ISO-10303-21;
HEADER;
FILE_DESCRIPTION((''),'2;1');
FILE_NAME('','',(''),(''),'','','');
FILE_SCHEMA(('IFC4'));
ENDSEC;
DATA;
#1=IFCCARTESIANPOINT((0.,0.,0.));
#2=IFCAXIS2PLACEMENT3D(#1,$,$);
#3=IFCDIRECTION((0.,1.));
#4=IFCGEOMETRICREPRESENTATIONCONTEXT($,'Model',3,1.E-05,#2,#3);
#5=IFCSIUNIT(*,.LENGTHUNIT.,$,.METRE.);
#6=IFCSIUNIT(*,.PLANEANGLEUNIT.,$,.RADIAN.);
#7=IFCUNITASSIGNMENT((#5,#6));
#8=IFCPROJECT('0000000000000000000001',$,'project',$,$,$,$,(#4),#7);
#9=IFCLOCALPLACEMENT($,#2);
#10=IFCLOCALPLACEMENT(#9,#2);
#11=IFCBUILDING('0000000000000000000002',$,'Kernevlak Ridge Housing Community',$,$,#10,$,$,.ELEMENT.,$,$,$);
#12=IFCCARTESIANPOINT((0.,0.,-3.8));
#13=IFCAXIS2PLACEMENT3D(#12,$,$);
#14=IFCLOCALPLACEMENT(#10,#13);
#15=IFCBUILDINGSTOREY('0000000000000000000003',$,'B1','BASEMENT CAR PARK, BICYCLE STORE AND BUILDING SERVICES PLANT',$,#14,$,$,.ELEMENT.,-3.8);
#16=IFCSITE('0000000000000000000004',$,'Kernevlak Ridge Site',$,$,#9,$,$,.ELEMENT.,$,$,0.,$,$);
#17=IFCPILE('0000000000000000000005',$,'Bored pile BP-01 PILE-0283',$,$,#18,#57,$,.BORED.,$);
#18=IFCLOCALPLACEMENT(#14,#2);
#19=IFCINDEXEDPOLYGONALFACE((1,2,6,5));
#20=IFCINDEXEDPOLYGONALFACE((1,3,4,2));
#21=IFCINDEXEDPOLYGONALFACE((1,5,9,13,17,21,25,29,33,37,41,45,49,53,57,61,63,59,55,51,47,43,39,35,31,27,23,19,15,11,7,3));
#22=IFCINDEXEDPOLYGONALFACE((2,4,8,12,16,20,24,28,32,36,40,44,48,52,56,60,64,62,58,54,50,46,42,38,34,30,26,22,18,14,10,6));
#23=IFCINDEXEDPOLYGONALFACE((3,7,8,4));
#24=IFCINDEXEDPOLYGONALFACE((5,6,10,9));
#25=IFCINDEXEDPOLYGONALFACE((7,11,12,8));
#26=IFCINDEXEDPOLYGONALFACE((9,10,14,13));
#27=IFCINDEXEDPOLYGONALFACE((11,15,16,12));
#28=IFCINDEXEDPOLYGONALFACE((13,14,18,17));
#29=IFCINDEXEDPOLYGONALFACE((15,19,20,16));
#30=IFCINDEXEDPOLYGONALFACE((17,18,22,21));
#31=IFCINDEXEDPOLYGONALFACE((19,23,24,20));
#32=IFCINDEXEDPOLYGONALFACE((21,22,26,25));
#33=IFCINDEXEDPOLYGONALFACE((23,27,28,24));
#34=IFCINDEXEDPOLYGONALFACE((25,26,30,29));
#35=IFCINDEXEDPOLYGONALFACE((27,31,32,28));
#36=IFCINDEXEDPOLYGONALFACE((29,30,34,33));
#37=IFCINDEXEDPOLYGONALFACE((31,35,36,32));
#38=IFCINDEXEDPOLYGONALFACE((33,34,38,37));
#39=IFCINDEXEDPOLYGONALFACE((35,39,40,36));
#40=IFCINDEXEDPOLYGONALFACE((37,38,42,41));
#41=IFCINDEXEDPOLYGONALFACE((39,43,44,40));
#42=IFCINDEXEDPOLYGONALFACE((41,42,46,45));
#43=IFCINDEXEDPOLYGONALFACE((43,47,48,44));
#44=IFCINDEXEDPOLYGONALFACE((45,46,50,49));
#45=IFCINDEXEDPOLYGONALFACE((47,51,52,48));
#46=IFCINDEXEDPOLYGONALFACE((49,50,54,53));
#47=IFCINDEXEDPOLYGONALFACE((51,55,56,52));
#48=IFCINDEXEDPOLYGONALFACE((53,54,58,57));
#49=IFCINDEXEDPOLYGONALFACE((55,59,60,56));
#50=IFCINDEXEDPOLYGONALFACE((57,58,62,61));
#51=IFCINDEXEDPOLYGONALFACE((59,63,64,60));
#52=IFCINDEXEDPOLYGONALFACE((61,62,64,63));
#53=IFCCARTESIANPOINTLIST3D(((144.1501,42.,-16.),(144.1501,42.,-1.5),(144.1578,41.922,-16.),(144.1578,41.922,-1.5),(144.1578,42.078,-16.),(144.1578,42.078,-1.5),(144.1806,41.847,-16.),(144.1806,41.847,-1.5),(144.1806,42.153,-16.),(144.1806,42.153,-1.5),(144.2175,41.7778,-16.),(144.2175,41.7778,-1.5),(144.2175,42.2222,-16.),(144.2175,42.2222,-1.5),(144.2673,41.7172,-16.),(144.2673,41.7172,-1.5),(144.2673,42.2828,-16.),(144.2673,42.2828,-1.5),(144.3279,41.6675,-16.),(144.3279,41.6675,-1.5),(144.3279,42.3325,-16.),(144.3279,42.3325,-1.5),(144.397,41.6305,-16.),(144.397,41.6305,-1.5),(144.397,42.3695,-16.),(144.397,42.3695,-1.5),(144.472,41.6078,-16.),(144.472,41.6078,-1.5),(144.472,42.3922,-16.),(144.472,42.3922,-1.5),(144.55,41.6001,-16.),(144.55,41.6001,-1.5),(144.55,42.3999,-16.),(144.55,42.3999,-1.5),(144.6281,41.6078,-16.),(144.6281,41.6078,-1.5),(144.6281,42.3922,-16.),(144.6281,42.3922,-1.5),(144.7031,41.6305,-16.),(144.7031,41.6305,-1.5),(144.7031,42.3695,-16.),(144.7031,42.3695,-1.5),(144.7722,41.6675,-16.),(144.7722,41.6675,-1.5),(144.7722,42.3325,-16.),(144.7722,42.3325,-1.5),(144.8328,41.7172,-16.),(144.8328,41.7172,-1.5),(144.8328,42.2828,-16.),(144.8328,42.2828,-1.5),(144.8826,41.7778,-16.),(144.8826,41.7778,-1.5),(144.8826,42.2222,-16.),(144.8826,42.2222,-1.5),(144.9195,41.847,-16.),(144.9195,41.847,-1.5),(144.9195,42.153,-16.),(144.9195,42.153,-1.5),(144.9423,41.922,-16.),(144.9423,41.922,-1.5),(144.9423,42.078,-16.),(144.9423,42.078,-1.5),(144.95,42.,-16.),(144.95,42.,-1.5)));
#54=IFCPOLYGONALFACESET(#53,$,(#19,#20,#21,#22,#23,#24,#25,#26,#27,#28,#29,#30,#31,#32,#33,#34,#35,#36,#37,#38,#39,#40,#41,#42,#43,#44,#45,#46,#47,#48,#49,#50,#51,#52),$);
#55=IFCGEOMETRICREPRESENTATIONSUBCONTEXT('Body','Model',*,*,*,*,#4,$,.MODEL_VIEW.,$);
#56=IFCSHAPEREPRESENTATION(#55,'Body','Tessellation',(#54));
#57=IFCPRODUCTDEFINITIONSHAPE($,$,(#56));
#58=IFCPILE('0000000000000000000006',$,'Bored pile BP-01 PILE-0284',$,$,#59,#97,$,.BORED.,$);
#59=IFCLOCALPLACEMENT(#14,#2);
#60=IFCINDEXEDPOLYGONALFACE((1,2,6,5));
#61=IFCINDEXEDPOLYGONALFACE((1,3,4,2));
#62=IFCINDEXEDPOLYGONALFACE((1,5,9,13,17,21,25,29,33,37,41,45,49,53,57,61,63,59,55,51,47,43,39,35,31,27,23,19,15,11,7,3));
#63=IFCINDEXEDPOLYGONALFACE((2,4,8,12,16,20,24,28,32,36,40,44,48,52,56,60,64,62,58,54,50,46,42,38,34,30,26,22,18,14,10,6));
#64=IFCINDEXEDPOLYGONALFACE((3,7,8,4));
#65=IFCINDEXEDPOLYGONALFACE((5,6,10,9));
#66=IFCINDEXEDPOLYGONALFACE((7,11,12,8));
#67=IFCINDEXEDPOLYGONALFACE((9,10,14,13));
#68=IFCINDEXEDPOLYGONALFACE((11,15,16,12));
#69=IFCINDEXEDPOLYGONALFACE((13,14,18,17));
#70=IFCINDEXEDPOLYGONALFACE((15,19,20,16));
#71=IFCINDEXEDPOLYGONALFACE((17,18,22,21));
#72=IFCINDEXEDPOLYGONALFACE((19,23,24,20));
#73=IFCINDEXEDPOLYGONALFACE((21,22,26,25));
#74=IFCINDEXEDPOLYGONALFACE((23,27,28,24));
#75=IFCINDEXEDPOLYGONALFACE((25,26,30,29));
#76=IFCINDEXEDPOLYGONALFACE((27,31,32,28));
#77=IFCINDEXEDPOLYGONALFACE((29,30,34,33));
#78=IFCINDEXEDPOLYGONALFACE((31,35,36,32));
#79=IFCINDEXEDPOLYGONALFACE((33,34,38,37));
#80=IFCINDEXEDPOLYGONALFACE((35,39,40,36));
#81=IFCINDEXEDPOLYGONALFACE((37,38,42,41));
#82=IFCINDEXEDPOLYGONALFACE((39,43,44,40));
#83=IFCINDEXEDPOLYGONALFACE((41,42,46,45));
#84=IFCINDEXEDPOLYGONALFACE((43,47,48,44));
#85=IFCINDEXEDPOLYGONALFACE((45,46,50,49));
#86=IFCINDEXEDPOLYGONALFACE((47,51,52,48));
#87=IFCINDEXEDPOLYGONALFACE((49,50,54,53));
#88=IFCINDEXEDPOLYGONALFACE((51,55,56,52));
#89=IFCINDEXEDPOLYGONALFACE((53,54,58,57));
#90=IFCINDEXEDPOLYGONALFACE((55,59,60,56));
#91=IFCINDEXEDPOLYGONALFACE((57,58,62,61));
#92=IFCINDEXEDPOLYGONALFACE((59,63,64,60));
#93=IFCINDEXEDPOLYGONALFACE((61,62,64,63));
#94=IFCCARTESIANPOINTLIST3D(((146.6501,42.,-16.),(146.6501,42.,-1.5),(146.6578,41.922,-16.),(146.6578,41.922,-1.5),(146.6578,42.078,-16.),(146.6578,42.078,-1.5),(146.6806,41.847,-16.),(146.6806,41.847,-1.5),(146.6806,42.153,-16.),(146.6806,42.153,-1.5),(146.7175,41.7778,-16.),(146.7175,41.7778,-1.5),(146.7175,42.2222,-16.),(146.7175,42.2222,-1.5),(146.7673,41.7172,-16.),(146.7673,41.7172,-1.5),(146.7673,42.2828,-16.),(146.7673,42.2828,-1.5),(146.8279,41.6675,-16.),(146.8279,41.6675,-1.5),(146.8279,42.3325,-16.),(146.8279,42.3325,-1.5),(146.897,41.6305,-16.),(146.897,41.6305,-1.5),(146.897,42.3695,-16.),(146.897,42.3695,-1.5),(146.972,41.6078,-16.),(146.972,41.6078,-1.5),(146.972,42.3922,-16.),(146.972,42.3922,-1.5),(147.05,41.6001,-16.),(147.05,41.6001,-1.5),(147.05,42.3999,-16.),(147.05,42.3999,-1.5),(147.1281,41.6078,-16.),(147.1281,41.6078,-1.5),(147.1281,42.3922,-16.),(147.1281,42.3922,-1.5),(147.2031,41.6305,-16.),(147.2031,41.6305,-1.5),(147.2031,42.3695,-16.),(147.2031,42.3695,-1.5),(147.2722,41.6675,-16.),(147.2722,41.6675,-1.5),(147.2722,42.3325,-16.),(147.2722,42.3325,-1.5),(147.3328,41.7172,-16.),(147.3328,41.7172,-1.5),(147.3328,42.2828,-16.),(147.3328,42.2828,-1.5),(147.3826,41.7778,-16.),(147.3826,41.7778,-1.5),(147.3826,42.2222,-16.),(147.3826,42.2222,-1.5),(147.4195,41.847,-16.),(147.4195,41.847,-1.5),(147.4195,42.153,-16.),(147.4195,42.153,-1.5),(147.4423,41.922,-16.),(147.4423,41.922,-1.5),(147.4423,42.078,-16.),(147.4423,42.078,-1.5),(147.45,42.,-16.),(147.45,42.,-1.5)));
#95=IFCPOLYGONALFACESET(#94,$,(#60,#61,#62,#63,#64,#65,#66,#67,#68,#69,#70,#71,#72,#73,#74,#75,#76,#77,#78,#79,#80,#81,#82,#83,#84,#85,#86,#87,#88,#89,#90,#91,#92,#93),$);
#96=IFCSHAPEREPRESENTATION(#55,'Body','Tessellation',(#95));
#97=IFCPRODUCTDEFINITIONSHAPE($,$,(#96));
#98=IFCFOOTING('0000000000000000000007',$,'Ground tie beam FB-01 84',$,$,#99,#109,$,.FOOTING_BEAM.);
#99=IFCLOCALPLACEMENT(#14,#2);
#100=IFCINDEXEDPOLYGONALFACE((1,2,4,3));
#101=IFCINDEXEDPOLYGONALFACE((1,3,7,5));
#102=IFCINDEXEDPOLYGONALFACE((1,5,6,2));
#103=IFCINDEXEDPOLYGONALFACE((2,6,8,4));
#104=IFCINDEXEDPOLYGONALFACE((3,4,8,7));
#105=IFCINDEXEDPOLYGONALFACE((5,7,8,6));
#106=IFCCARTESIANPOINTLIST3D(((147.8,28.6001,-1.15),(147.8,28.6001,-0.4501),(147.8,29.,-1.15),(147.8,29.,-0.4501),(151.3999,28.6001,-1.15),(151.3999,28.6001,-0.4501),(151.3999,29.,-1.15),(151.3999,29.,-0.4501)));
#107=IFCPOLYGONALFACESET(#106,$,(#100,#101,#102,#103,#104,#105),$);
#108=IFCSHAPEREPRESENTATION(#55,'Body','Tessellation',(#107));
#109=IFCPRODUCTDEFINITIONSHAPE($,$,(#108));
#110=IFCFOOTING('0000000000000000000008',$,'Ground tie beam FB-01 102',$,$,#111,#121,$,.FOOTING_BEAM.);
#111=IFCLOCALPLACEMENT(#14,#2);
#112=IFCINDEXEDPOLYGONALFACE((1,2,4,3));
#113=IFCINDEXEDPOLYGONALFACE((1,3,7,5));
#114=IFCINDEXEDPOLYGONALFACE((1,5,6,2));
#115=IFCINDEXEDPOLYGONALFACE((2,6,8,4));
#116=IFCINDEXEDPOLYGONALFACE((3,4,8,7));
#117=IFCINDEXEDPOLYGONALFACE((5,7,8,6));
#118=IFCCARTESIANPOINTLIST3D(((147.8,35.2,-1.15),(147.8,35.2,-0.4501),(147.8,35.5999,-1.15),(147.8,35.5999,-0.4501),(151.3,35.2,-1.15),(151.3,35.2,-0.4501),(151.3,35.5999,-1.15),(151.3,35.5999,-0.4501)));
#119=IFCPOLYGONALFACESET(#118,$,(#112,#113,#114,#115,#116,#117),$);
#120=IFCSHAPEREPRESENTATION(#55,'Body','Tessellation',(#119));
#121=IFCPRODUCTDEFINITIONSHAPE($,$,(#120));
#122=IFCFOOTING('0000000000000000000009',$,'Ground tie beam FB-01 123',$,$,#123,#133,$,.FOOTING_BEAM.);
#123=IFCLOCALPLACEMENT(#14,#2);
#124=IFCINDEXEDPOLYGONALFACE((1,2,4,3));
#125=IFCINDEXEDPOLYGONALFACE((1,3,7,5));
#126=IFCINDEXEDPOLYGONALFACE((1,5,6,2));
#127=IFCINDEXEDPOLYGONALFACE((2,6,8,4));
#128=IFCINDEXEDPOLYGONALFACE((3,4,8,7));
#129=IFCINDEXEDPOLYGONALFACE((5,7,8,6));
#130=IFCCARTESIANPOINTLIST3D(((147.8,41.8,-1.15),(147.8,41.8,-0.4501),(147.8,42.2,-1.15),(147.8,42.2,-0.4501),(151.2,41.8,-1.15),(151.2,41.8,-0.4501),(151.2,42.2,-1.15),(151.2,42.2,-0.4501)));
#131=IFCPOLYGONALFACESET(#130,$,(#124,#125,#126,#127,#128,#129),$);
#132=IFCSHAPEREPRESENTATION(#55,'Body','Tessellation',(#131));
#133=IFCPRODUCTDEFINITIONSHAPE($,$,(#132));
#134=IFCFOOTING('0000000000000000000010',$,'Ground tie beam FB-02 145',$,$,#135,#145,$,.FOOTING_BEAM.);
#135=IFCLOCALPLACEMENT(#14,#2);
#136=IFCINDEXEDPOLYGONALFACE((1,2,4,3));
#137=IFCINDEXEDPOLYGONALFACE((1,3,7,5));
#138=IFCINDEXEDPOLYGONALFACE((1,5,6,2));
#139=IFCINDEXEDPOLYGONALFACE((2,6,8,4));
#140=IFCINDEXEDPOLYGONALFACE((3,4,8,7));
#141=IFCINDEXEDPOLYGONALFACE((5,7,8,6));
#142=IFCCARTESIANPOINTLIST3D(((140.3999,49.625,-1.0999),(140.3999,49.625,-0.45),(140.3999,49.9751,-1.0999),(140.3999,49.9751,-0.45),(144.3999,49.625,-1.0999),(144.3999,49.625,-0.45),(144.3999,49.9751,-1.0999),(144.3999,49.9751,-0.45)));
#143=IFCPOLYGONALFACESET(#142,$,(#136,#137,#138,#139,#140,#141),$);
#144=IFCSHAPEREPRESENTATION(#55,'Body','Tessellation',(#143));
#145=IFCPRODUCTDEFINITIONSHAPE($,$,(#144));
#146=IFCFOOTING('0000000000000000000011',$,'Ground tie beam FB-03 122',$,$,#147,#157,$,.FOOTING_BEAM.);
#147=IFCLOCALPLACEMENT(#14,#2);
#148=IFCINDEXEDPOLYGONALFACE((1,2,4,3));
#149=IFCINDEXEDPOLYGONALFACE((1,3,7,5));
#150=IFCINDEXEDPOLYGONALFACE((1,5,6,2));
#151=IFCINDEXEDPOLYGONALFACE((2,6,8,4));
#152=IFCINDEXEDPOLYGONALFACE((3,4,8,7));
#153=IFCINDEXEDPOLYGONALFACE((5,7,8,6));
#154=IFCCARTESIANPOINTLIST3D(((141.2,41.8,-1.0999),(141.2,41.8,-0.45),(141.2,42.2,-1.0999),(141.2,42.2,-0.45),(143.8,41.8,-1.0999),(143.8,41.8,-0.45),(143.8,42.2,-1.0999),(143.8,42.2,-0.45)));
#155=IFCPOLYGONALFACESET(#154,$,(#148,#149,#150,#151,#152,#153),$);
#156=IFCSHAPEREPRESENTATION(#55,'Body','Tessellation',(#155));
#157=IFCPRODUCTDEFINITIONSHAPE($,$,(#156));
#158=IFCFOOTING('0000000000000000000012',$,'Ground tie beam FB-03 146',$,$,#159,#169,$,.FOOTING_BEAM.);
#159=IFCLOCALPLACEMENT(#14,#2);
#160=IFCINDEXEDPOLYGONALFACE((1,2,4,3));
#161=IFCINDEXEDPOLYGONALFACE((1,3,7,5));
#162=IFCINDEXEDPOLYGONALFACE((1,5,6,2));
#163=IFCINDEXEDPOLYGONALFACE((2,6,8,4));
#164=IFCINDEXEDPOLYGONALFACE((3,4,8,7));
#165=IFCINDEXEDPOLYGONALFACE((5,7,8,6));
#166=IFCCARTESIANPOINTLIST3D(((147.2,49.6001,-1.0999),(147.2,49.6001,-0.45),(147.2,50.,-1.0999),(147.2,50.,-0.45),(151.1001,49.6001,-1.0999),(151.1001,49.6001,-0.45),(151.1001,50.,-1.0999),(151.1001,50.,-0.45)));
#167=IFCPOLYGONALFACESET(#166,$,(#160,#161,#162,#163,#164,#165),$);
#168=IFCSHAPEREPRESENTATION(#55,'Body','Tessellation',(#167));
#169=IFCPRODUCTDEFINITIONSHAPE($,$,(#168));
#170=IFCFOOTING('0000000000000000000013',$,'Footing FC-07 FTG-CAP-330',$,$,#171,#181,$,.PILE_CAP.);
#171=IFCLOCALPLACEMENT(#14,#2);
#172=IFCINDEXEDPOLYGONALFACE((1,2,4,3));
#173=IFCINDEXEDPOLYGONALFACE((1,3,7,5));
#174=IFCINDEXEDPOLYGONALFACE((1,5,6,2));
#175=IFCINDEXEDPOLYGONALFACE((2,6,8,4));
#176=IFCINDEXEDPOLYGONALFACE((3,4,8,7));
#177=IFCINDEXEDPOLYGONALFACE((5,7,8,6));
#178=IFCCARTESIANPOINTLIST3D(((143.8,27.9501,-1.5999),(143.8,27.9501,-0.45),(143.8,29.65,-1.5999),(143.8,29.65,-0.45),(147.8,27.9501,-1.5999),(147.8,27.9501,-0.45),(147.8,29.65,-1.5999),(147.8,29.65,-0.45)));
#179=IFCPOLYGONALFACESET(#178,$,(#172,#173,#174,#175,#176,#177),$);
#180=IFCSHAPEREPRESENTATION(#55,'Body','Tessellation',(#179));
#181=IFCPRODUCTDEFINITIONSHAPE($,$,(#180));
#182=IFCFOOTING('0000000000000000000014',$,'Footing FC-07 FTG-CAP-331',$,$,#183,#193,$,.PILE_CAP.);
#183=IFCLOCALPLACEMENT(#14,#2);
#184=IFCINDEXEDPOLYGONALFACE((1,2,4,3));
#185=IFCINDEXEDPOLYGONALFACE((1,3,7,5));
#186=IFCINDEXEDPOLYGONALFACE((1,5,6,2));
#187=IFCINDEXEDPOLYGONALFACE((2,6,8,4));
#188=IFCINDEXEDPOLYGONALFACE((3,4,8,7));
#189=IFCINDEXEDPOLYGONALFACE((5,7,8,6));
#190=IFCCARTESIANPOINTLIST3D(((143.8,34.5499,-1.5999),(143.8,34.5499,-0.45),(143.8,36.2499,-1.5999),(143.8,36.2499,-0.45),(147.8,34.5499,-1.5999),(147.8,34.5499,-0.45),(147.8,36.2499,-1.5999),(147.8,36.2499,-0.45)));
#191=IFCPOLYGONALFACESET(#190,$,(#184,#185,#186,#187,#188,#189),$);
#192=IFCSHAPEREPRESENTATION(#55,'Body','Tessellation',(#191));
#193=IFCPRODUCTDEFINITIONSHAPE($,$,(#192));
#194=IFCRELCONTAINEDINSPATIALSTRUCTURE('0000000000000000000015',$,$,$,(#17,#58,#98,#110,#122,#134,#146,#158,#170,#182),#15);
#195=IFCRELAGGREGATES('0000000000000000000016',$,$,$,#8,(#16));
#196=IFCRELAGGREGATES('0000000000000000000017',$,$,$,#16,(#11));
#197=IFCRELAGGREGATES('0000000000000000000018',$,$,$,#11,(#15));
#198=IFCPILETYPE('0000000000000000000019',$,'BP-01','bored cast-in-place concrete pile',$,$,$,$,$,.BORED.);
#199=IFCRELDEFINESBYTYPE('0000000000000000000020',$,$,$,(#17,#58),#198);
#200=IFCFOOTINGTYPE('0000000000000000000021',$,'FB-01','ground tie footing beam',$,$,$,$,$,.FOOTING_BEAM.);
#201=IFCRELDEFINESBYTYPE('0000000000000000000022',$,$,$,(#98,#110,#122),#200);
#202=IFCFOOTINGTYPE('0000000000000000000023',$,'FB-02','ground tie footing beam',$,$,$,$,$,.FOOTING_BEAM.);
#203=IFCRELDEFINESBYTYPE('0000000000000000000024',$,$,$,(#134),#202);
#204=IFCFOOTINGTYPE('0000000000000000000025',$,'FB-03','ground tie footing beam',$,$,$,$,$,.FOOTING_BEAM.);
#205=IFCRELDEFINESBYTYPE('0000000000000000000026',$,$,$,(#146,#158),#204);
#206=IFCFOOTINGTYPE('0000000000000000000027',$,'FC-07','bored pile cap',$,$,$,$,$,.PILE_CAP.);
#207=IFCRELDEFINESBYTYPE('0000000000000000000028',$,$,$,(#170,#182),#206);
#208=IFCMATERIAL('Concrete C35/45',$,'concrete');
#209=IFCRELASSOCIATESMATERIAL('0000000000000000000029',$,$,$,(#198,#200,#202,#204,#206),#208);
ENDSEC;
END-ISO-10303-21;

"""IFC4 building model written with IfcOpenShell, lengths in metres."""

from ifc_helpers import new_model, si_unit, direction, frame, origin, origin_2d, place, context, subcontext, project, spatial, rectangle, circle, extrude, material, material_profile, profile_set, type_object, element, save


model = new_model("IFC4")

# Units and contexts
model_context = context("Model", 3, precision=1e-05, world=origin(), true_north=direction((0.0, 1.0)))
body_context = subcontext(model_context, "Body", "Model", "MODEL_VIEW")
ifc_project = project(units=[si_unit("LENGTHUNIT", "METRE"), si_unit("PLANEANGLEUNIT", "RADIAN")], contexts=[model_context])

# Site, building, storey
site_placement = place(None, origin())
site = spatial("IfcSite", under=ifc_project, at=site_placement, Name="Kernevlak Ridge Site", CompositionType="ELEMENT", RefElevation=0.0)
building_placement = place(site_placement, origin())
building = spatial("IfcBuilding", under=site, at=building_placement, Name="Kernevlak Ridge Housing Community", CompositionType="ELEMENT")
storey_placement = place(building_placement, frame((0.0, 0.0, -3.8)))
storey = spatial("IfcBuildingStorey", under=building, at=storey_placement, Name="B1", Description="BASEMENT CAR PARK, BICYCLE STORE AND BUILDING SERVICES PLANT", CompositionType="ELEMENT", Elevation=-3.8)

# Piles
ifc_material_1 = material(Name="Concrete C35/45", Category="concrete")
ifc_material_profile_1 = material_profile(ifc_material_1, circle(Radius=0.3999, at=origin_2d()), Name="BORED PILE 800")
ifc_profile_set_1 = profile_set([ifc_material_profile_1], Name="Concrete C35/45")
pile_type = type_object("IfcPileType", Name="BP-01", Description="bored cast-in-place concrete pile", PredefinedType="BORED", material=ifc_profile_set_1)
for number, where, z_axis, x_axis, name in (
    (1, (144.55, 42.0, -1.5), (0.0, 0.0, -1.0), (1.0, 0.0, 0.0), "Bored pile BP-01 PILE-0283"),
    (2, (147.05, 42.0, -1.5), (0.0, 0.0, -1.0), (1.0, 0.0, 0.0), "Bored pile BP-01 PILE-0284"),
):
    element("IfcPile", number, at=place(storey_placement, frame(where, z_axis=z_axis, x_axis=x_axis)), inside=storey, type_object=pile_type, Name=name, PredefinedType="BORED", context=body_context, shape_type="SweptSolid", body=[
        extrude(circle(Radius=0.3999, at=origin_2d()), origin(), (0.0, 0.0, 1.0), 14.5),
    ])

# Footings
ifc_material_profile_2 = material_profile(ifc_material_1, rectangle(XDim=0.3999, YDim=0.7, at=origin_2d()), Name="RC 400x700")
ifc_profile_set_2 = profile_set([ifc_material_profile_2], Name="Concrete C35/45")
footing_type_1 = type_object("IfcFootingType", Name="FB-01", Description="ground tie footing beam", PredefinedType="FOOTING_BEAM", material=ifc_profile_set_2)
footing_1_placement = place(storey_placement, frame((147.8, 28.8, -0.8), z_axis=(1.0, 0.0, 0.0), x_axis=(0.0, 1.0, 0.0)))
element("IfcFooting", 3, at=footing_1_placement, inside=storey, type_object=footing_type_1, Name="Ground tie beam FB-01 84", PredefinedType="FOOTING_BEAM", context=body_context, shape_type="SweptSolid", body=[
    extrude(rectangle(XDim=0.3999, YDim=0.7, at=origin_2d()), origin(), (0.0, 0.0, 1.0), 3.5999),
])
footing_2_placement = place(storey_placement, frame((147.8, 35.3999, -0.8), z_axis=(1.0, 0.0, 0.0), x_axis=(0.0, 1.0, 0.0)))
element("IfcFooting", 4, at=footing_2_placement, inside=storey, type_object=footing_type_1, Name="Ground tie beam FB-01 102", PredefinedType="FOOTING_BEAM", context=body_context, shape_type="SweptSolid", body=[
    extrude(rectangle(XDim=0.3999, YDim=0.7, at=origin_2d()), origin(), (0.0, 0.0, 1.0), 3.5),
])
footing_3_placement = place(storey_placement, frame((147.8, 42.0, -0.8), z_axis=(1.0, 0.0, 0.0), x_axis=(0.0, 1.0, 0.0)))
element("IfcFooting", 5, at=footing_3_placement, inside=storey, type_object=footing_type_1, Name="Ground tie beam FB-01 123", PredefinedType="FOOTING_BEAM", context=body_context, shape_type="SweptSolid", body=[
    extrude(rectangle(XDim=0.3999, YDim=0.7, at=origin_2d()), origin(), (0.0, 0.0, 1.0), 3.3999),
])
ifc_material_profile_3 = material_profile(ifc_material_1, rectangle(XDim=0.3501, YDim=0.6499, at=origin_2d()), Name="RC 350x650")
ifc_profile_set_3 = profile_set([ifc_material_profile_3], Name="Concrete C35/45")
footing_type_2 = type_object("IfcFootingType", Name="FB-02", Description="ground tie footing beam", PredefinedType="FOOTING_BEAM", material=ifc_profile_set_3)
footing_4_placement = place(storey_placement, frame((140.3999, 49.8, -0.7749), z_axis=(1.0, 0.0, 0.0), x_axis=(0.0, 1.0, 0.0)))
element("IfcFooting", 6, at=footing_4_placement, inside=storey, type_object=footing_type_2, Name="Ground tie beam FB-02 145", PredefinedType="FOOTING_BEAM", context=body_context, shape_type="SweptSolid", body=[
    extrude(rectangle(XDim=0.3501, YDim=0.6499, at=origin_2d()), origin(), (0.0, 0.0, 1.0), 4.0),
])
ifc_material_profile_4 = material_profile(ifc_material_1, rectangle(XDim=0.3999, YDim=0.6499, at=origin_2d()), Name="RC 400x650")
ifc_profile_set_4 = profile_set([ifc_material_profile_4], Name="Concrete C35/45")
footing_type_3 = type_object("IfcFootingType", Name="FB-03", Description="ground tie footing beam", PredefinedType="FOOTING_BEAM", material=ifc_profile_set_4)
footing_5_placement = place(storey_placement, frame((141.2, 42.0, -0.7749), z_axis=(1.0, 0.0, 0.0), x_axis=(0.0, 1.0, 0.0)))
element("IfcFooting", 7, at=footing_5_placement, inside=storey, type_object=footing_type_3, Name="Ground tie beam FB-03 122", PredefinedType="FOOTING_BEAM", context=body_context, shape_type="SweptSolid", body=[
    extrude(rectangle(XDim=0.3999, YDim=0.6499, at=origin_2d()), origin(), (0.0, 0.0, 1.0), 2.6001),
])
footing_6_placement = place(storey_placement, frame((147.2, 49.8, -0.7749), z_axis=(1.0, 0.0, 0.0), x_axis=(0.0, 1.0, 0.0)))
element("IfcFooting", 8, at=footing_6_placement, inside=storey, type_object=footing_type_3, Name="Ground tie beam FB-03 146", PredefinedType="FOOTING_BEAM", context=body_context, shape_type="SweptSolid", body=[
    extrude(rectangle(XDim=0.3999, YDim=0.6499, at=origin_2d()), origin(), (0.0, 0.0, 1.0), 3.9001),
])
footing_type_4 = type_object("IfcFootingType", Name="FC-07", Description="bored pile cap", PredefinedType="PILE_CAP", material=ifc_material_1)
for number, where, z_axis, x_axis, name in (
    (9, (145.8, 28.8, -1.5999), (0.0, 0.0, 1.0), (1.0, 0.0, 0.0), "Footing FC-07 FTG-CAP-330"),
    (10, (145.8, 35.3999, -1.5999), (0.0, 0.0, 1.0), (1.0, 0.0, 0.0), "Footing FC-07 FTG-CAP-331"),
):
    element("IfcFooting", number, at=place(storey_placement, frame(where, z_axis=z_axis, x_axis=x_axis)), inside=storey, type_object=footing_type_4, Name=name, PredefinedType="PILE_CAP", context=body_context, shape_type="SweptSolid", body=[
        extrude(rectangle(XDim=4.0, YDim=1.7, at=origin_2d()), origin(), (0.0, 0.0, 1.0), 1.1499),
    ])

save(model, "model.ifc")
